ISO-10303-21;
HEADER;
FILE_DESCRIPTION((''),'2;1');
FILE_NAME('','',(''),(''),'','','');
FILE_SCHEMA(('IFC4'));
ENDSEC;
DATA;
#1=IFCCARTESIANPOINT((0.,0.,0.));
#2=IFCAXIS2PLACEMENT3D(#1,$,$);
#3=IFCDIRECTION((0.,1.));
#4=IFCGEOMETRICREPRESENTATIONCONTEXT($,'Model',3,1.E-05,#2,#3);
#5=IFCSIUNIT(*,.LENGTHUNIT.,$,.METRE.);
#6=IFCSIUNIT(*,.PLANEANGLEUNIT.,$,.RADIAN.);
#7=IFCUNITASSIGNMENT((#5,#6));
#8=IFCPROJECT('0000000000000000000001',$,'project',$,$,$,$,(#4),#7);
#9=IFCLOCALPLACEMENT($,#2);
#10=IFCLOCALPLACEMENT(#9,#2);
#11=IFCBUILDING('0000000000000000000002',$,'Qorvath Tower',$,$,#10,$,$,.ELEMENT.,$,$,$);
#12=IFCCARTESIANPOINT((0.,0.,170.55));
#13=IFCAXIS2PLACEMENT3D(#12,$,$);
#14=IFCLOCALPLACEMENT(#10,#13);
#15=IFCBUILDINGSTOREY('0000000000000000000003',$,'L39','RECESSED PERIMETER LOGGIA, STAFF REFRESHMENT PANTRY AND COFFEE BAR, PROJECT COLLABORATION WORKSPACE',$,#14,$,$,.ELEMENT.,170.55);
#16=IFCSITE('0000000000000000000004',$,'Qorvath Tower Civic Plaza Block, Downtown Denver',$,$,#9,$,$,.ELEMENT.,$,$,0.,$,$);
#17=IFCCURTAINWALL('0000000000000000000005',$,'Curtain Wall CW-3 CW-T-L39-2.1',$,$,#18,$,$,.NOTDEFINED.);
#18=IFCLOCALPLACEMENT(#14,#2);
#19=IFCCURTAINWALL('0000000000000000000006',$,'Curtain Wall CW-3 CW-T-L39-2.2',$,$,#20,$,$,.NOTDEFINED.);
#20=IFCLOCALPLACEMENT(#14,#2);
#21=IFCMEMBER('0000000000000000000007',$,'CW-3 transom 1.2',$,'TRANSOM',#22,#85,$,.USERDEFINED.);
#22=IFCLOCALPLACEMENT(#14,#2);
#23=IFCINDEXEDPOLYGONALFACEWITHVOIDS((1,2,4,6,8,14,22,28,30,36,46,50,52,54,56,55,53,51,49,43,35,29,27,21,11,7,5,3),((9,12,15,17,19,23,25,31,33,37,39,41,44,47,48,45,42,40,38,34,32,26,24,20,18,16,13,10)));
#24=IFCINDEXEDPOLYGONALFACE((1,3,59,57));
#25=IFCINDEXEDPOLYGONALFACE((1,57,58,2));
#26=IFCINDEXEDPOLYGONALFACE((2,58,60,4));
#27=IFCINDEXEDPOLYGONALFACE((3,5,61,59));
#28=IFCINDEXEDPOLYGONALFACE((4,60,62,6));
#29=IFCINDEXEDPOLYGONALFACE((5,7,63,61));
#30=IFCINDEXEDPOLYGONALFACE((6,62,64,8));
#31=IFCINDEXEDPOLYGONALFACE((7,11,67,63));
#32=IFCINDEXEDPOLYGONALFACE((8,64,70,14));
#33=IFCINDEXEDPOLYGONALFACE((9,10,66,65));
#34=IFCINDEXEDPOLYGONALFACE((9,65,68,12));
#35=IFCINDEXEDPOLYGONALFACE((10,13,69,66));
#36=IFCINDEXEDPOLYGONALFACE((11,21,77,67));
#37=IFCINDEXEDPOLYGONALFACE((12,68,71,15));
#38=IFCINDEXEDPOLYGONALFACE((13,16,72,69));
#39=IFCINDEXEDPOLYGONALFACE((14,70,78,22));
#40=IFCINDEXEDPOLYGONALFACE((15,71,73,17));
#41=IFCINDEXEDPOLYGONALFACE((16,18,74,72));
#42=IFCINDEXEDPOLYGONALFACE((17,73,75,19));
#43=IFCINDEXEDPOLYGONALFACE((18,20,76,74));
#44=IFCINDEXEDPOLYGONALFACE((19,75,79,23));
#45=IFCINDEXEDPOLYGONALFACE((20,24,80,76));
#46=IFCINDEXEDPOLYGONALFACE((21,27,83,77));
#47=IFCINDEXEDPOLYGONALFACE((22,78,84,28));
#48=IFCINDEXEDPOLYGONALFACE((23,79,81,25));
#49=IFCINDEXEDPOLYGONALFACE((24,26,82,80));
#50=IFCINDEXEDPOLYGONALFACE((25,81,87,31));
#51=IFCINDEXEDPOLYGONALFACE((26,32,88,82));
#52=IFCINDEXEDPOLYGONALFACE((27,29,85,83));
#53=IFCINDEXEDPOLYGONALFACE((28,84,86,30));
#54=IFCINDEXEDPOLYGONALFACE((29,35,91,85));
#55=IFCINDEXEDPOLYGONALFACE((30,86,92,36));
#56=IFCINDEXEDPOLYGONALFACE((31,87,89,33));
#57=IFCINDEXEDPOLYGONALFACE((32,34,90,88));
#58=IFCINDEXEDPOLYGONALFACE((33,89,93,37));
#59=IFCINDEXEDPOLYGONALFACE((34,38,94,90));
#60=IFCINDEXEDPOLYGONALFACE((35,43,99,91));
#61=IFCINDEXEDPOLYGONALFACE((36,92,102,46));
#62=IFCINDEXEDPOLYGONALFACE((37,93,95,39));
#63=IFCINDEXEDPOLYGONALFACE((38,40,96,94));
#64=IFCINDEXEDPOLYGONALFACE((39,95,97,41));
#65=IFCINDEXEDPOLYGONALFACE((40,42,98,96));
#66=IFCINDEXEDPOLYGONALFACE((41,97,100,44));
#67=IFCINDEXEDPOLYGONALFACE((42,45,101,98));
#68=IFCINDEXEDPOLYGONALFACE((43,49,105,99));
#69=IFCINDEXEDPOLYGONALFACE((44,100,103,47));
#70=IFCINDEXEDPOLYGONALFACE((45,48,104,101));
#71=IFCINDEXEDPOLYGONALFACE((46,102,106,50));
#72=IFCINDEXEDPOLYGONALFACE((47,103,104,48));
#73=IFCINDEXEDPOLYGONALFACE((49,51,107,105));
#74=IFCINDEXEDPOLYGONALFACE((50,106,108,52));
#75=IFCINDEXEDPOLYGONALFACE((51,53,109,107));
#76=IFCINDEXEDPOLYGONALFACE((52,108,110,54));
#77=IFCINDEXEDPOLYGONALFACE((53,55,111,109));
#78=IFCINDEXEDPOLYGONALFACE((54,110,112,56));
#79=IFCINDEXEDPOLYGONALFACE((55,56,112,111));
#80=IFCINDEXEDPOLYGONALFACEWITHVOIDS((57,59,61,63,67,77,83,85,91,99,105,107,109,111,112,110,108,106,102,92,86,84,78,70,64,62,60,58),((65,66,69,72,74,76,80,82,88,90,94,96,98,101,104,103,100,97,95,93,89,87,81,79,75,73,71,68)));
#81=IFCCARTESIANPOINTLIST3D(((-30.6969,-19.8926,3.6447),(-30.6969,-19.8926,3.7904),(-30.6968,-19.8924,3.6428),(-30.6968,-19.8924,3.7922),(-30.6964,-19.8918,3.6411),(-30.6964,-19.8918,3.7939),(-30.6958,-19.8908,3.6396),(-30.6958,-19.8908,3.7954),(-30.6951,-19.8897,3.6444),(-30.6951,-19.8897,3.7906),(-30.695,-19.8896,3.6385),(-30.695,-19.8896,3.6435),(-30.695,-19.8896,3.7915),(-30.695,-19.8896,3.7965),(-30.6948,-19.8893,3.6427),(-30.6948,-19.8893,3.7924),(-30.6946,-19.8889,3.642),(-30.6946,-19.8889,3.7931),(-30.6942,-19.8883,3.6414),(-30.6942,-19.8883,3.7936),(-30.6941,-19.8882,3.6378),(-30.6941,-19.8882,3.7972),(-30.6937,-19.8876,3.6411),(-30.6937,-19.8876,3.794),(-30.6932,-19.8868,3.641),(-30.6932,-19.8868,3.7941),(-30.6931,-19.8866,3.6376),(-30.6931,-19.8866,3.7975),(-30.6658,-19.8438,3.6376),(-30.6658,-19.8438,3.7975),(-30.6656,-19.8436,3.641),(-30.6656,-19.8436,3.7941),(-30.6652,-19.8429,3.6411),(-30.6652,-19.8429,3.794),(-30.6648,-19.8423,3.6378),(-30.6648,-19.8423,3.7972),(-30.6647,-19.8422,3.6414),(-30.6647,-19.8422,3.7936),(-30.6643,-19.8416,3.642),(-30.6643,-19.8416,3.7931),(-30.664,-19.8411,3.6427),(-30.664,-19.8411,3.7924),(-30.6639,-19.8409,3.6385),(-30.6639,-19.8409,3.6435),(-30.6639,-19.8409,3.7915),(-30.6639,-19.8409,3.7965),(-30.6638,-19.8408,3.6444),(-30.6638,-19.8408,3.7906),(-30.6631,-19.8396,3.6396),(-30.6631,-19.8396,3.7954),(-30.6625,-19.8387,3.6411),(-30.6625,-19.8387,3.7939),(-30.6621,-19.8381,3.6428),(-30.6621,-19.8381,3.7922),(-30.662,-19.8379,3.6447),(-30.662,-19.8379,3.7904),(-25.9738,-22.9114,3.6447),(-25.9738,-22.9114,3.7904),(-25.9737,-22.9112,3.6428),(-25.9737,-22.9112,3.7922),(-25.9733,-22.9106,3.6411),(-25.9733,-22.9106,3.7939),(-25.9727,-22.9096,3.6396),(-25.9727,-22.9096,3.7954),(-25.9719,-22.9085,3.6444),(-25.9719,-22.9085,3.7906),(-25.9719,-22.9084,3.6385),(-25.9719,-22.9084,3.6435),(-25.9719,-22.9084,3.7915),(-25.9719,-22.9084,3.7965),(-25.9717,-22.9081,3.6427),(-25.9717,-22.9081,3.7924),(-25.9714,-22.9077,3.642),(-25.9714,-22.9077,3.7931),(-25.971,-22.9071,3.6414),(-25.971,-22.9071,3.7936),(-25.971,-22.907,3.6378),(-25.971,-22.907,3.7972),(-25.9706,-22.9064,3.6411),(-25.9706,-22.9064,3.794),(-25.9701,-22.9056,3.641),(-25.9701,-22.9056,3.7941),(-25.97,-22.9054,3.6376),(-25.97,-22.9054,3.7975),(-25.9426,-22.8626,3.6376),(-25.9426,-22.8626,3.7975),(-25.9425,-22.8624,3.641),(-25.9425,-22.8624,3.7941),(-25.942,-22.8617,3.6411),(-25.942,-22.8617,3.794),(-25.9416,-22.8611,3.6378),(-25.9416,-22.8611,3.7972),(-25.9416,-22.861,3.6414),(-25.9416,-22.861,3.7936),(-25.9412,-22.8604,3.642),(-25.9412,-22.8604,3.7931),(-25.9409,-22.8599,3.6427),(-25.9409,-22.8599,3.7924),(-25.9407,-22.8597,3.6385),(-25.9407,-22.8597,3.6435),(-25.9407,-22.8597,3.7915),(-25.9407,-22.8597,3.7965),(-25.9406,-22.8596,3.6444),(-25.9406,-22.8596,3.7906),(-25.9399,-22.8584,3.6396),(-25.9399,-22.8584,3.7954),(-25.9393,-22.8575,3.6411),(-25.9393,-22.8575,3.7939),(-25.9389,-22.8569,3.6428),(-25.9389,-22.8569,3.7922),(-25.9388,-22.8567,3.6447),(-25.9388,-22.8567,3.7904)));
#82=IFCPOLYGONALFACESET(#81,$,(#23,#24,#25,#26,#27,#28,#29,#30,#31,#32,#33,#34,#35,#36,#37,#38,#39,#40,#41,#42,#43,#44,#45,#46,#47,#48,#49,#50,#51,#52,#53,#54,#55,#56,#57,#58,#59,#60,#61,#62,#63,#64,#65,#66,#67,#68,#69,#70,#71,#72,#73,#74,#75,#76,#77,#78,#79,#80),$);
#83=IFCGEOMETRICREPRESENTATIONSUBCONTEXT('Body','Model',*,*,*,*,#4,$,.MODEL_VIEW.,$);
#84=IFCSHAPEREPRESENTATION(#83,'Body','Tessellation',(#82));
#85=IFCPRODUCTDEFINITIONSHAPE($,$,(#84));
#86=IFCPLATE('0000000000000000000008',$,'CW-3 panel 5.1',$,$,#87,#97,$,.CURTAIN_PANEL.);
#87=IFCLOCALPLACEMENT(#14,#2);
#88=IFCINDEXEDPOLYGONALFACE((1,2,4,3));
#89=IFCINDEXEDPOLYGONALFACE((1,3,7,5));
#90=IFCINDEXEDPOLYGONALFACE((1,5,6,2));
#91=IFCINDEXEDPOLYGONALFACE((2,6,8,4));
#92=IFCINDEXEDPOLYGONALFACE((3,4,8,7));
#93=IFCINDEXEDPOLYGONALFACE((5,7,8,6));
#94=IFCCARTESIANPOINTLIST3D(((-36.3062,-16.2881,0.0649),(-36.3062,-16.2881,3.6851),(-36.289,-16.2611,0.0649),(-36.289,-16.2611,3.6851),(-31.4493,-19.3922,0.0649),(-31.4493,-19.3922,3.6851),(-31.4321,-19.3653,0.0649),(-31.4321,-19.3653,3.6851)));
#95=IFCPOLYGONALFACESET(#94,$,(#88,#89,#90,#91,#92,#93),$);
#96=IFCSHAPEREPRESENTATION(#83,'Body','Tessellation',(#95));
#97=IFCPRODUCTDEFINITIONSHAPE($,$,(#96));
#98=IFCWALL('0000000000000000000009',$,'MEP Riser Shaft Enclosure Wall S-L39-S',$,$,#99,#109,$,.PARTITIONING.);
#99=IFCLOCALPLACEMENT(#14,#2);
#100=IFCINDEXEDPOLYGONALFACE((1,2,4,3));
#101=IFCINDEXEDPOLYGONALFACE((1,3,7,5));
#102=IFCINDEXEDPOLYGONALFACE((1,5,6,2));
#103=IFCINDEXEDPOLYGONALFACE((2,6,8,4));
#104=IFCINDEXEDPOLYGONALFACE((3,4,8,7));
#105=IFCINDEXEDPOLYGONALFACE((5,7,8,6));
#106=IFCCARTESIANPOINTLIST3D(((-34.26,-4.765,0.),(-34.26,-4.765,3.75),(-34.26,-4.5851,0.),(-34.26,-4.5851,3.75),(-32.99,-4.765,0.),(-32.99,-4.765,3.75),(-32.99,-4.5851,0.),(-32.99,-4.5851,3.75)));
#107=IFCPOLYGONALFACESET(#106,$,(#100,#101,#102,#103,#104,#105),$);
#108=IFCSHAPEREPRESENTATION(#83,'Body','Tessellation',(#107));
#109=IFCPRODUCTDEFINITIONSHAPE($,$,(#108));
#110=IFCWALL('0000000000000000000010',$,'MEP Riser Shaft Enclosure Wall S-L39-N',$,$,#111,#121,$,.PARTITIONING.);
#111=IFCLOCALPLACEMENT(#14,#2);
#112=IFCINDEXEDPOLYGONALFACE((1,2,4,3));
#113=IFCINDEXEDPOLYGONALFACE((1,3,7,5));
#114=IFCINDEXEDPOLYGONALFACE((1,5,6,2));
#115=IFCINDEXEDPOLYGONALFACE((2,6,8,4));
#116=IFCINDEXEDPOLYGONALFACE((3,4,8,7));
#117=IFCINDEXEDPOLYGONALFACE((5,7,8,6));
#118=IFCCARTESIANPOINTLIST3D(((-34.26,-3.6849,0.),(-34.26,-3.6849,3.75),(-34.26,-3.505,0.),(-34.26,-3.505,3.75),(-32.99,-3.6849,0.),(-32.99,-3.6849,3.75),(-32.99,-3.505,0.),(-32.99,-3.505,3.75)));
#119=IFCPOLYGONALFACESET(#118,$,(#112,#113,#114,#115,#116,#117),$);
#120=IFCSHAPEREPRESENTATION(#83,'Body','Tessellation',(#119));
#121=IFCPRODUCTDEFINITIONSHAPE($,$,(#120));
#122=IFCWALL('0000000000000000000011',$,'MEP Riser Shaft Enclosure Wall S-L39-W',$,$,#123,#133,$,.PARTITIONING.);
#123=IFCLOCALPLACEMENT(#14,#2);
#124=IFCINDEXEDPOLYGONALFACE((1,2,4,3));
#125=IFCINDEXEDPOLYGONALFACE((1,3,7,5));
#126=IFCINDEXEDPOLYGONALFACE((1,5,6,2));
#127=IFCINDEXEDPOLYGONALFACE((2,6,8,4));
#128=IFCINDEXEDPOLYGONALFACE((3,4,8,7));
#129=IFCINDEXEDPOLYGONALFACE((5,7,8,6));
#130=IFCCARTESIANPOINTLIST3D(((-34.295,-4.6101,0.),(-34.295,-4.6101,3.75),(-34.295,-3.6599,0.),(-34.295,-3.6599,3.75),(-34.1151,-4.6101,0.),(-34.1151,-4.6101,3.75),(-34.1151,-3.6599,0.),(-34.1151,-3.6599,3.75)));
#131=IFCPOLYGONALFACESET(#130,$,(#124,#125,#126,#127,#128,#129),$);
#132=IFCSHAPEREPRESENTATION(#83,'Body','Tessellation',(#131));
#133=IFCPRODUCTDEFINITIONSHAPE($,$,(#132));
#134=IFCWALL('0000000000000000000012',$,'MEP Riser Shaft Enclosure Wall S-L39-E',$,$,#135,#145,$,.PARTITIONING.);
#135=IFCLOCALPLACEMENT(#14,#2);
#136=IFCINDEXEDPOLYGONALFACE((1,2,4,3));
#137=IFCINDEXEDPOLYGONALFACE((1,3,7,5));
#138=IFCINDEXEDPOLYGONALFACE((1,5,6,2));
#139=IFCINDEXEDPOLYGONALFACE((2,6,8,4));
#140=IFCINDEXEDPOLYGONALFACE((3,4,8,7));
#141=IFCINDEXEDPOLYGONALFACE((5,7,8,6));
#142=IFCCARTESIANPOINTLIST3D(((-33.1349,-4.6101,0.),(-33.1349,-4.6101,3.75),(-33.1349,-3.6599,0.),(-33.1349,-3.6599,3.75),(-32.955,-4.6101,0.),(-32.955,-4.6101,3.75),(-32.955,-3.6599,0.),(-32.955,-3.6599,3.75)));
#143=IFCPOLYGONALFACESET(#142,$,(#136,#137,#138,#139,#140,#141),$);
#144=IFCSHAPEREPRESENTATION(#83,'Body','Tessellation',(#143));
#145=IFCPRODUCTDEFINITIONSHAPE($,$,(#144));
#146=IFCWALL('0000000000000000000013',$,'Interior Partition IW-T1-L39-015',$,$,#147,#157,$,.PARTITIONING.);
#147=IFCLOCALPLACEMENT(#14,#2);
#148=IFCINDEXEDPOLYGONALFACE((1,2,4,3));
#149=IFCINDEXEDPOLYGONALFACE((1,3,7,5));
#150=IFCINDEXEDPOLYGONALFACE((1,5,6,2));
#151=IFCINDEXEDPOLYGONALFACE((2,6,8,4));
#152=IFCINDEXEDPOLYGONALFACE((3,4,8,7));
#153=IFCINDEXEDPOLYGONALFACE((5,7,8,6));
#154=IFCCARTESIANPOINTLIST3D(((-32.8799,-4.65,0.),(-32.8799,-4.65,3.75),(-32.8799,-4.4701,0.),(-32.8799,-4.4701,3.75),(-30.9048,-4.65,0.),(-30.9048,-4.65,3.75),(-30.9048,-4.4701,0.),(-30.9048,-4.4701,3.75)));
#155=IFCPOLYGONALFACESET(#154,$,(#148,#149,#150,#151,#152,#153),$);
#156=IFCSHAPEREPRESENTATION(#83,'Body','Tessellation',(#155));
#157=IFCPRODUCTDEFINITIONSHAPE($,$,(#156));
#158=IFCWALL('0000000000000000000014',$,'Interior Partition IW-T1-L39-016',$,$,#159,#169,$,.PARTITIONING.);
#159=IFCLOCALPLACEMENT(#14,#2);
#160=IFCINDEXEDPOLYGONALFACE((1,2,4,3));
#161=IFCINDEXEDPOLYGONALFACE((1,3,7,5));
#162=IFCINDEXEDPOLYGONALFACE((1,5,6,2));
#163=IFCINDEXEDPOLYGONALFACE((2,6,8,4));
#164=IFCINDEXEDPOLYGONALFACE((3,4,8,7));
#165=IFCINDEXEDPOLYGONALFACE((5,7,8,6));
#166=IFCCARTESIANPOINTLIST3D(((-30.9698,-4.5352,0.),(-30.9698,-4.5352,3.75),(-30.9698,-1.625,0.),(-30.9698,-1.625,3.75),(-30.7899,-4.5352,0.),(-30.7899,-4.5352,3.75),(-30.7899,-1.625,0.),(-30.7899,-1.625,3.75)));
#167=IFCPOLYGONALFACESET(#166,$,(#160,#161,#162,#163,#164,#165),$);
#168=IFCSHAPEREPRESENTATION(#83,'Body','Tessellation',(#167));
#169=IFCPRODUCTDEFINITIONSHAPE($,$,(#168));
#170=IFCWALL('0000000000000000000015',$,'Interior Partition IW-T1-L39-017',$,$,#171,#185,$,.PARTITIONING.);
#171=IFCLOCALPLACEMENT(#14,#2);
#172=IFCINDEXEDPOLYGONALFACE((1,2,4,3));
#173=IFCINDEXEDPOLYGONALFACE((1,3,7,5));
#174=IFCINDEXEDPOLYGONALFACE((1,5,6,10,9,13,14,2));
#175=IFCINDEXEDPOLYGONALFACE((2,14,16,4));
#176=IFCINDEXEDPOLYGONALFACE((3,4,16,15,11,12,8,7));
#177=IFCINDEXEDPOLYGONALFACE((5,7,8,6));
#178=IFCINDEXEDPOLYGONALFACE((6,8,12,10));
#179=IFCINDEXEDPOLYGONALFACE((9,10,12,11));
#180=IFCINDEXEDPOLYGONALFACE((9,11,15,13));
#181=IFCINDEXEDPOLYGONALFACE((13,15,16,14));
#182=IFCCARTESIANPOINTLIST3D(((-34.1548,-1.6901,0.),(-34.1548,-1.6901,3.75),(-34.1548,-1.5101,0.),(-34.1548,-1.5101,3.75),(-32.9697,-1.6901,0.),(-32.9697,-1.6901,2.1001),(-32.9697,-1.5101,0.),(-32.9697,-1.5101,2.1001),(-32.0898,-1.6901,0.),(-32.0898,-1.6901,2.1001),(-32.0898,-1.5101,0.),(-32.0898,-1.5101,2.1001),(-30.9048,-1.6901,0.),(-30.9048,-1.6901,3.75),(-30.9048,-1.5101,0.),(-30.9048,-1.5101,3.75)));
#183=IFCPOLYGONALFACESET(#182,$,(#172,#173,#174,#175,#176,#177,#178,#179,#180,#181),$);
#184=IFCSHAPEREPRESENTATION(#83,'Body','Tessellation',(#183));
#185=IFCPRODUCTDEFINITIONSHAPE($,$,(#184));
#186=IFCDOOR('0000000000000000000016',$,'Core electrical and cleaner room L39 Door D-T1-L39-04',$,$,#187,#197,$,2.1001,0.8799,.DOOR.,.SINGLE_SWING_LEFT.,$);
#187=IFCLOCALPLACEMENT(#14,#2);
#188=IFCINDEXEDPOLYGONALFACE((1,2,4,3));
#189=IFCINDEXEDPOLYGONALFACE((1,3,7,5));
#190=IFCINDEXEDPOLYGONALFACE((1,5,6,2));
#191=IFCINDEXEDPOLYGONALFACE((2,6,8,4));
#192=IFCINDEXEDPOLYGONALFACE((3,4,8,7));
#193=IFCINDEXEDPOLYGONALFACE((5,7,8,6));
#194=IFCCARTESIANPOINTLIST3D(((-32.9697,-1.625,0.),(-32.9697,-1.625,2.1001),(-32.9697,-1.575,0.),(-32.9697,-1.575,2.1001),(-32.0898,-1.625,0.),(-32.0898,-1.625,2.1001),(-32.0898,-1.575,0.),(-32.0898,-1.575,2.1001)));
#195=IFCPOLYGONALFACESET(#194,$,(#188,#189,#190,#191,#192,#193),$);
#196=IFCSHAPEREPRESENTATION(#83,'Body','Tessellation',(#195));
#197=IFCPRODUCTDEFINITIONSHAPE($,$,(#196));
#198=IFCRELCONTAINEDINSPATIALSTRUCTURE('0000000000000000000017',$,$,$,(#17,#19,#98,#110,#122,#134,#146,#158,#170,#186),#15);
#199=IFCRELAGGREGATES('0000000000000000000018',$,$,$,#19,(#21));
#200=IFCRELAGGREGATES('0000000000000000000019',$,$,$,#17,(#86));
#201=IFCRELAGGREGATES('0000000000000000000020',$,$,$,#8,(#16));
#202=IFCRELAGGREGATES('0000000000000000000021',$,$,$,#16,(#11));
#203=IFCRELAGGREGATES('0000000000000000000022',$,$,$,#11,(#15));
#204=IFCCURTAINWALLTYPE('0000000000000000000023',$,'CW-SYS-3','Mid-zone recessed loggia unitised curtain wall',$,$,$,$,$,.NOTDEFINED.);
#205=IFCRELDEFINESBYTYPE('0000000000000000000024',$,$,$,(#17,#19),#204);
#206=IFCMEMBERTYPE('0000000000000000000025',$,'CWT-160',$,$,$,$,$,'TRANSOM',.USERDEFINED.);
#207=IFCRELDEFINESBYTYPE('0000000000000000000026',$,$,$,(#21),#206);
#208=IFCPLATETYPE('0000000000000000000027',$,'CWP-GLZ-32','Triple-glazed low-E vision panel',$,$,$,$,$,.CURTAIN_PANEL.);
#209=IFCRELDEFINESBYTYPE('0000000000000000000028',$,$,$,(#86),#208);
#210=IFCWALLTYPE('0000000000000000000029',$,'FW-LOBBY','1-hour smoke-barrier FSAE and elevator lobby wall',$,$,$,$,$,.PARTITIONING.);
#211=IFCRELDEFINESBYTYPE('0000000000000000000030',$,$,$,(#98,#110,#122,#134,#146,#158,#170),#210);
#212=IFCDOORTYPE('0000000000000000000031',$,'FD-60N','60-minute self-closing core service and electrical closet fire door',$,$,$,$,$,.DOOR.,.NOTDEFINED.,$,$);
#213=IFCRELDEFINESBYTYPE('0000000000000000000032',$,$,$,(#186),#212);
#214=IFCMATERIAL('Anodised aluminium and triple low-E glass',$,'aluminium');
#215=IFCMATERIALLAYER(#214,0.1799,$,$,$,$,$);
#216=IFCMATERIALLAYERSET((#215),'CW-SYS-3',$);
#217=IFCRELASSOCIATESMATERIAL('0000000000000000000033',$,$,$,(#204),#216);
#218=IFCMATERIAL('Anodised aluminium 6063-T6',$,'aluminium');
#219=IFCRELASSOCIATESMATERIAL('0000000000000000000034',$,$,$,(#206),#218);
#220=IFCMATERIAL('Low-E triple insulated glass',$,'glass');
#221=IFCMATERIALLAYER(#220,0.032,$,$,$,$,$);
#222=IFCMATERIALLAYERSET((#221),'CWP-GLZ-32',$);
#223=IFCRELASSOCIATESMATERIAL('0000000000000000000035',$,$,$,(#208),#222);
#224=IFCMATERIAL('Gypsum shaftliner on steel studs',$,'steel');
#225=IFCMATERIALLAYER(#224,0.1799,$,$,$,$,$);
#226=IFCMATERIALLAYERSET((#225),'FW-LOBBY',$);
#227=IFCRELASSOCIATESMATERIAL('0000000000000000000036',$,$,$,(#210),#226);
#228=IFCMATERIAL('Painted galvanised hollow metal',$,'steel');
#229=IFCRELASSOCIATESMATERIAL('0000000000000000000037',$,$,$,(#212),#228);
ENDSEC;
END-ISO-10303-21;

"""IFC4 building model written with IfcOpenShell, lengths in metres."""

from ifc_helpers import new_model, si_unit, direction, frame, frame_2d, origin, origin_2d, place, context, subcontext, project, spatial, rectangle, hollow_rectangle, extrude, material, layer, layer_set, material_profile, profile_set, type_object, element, fill, aggregate, save


model = new_model("IFC4")

# Units and contexts
model_context = context("Model", 3, precision=1e-05, world=origin(), true_north=direction((0.0, 1.0)))
body_context = subcontext(model_context, "Body", "Model", "MODEL_VIEW")
ifc_project = project(units=[si_unit("LENGTHUNIT", "METRE"), si_unit("PLANEANGLEUNIT", "RADIAN")], contexts=[model_context])

# Site, building, storey
site_placement = place(None, origin())
site = spatial("IfcSite", under=ifc_project, at=site_placement, Name="Qorvath Tower Civic Plaza Block, Downtown Denver", CompositionType="ELEMENT", RefElevation=0.0)
building_placement = place(site_placement, origin())
building = spatial("IfcBuilding", under=site, at=building_placement, Name="Qorvath Tower", CompositionType="ELEMENT")
storey_placement = place(building_placement, frame((0.0, 0.0, 170.55)))
storey = spatial("IfcBuildingStorey", under=building, at=storey_placement, Name="L39", Description="RECESSED PERIMETER LOGGIA, STAFF REFRESHMENT PANTRY AND COFFEE BAR, PROJECT COLLABORATION WORKSPACE", CompositionType="ELEMENT", Elevation=170.55)

# Curtain walls
ifc_material_1 = material(Name="Anodised aluminium and triple low-E glass", Category="aluminium")
ifc_layer_1 = layer(ifc_material_1, 0.1799)
ifc_layer_set_1 = layer_set([ifc_layer_1], Name="CW-SYS-3")
curtain_wall_type = type_object("IfcCurtainWallType", Name="CW-SYS-3", Description="Mid-zone recessed loggia unitised curtain wall", PredefinedType="NOTDEFINED", material=ifc_layer_set_1)
curtain_wall_1_placement = place(storey_placement, origin())
curtain_wall_1 = element("IfcCurtainWall", 1, at=curtain_wall_1_placement, inside=storey, type_object=curtain_wall_type, Name="Curtain Wall CW-3 CW-T-L39-2.1", PredefinedType="NOTDEFINED")
curtain_wall_2_placement = place(storey_placement, origin())
curtain_wall_2 = element("IfcCurtainWall", 2, at=curtain_wall_2_placement, inside=storey, type_object=curtain_wall_type, Name="Curtain Wall CW-3 CW-T-L39-2.2", PredefinedType="NOTDEFINED")

# Member
ifc_material_2 = material(Name="Anodised aluminium 6063-T6", Category="aluminium")
ifc_material_profile_1 = material_profile(ifc_material_2, hollow_rectangle(XDim=0.0649, YDim=0.1599, WallThickness=0.0034, InnerFilletRadius=0.0034, OuterFilletRadius=0.0071, at=origin_2d()), Name="CWT 160x65")
ifc_profile_set_1 = profile_set([ifc_material_profile_1], Name="Anodised aluminium 6063-T6")
member_type_1 = type_object("IfcMemberType", Name="CWT-160", ElementType="TRANSOM", PredefinedType="USERDEFINED", material=ifc_profile_set_1)
member_1_placement = place(storey_placement, frame((-30.6794, -19.8652, 3.7175), z_axis=(0.842596, -0.538546, 0.0), x_axis=(0.538546, 0.842596, 0.0)))
member_1 = element("IfcMember", 3, at=member_1_placement, type_object=member_type_1, Name="CW-3 transom 1.2", ObjectType="TRANSOM", PredefinedType="USERDEFINED", context=body_context, shape_type="SweptSolid", body=[
    extrude(hollow_rectangle(XDim=0.0649, YDim=0.1599, WallThickness=0.0034, InnerFilletRadius=0.0034, OuterFilletRadius=0.0071, at=origin_2d()), origin(), (0.0, 0.0, 1.0), 5.6055),
])
aggregate(curtain_wall_2, [member_1])

# Plate
ifc_material_3 = material(Name="Low-E triple insulated glass", Category="glass")
ifc_layer_2 = layer(ifc_material_3, 0.032)
ifc_layer_set_2 = layer_set([ifc_layer_2], Name="CWP-GLZ-32")
plate_type = type_object("IfcPlateType", Name="CWP-GLZ-32", Description="Triple-glazed low-E vision panel", PredefinedType="CURTAIN_PANEL", material=ifc_layer_set_2)
plate_placement = place(storey_placement, frame((-33.8691, -17.8267, 0.0649), z_axis=(0.0, 0.0, 1.0), x_axis=(0.842607, -0.538529, 0.0)))
plate = element("IfcPlate", 4, at=plate_placement, type_object=plate_type, Name="CW-3 panel 5.1", PredefinedType="CURTAIN_PANEL", context=body_context, shape_type="SweptSolid", body=[
    extrude(rectangle(XDim=5.7642, YDim=0.032, at=origin_2d()), origin(), (0.0, 0.0, 1.0), 3.6201),
])
aggregate(curtain_wall_1, [plate])

# Walls
ifc_material_4 = material(Name="Gypsum shaftliner on steel studs", Category="steel")
ifc_layer_3 = layer(ifc_material_4, 0.1799)
ifc_layer_set_3 = layer_set([ifc_layer_3], Name="FW-LOBBY")
wall_type_1 = type_object("IfcWallType", Name="FW-LOBBY", Description="1-hour smoke-barrier FSAE and elevator lobby wall", PredefinedType="PARTITIONING", material=ifc_layer_set_3)
for number, where, z_axis, x_axis, name in (
    (5, (-32.99, -4.675, 0.0), (0.0, 0.0, 1.0), (-1.0, 0.0, 0.0), "MEP Riser Shaft Enclosure Wall S-L39-S"),
    (6, (-34.26, -3.595, 0.0), (0.0, 0.0, 1.0), (1.0, 0.0, 0.0), "MEP Riser Shaft Enclosure Wall S-L39-N"),
):
    element("IfcWall", number, at=place(storey_placement, frame(where, z_axis=z_axis, x_axis=x_axis)), inside=storey, type_object=wall_type_1, Name=name, PredefinedType="PARTITIONING", context=body_context, shape_type="SweptSolid", body=[
        extrude(rectangle(XDim=1.27, YDim=0.1799, at=frame_2d((0.635, 0.0))), origin(), (0.0, 0.0, 1.0), 3.75),
    ])
for number, where, z_axis, x_axis, name in (
    (7, (-34.2051, -4.6101, 0.0), (0.0, 0.0, 1.0), (0.0, 1.0, 0.0), "MEP Riser Shaft Enclosure Wall S-L39-W"),
    (8, (-33.0449, -3.6599, 0.0), (0.0, 0.0, 1.0), (0.0, -1.0, 0.0), "MEP Riser Shaft Enclosure Wall S-L39-E"),
):
    element("IfcWall", number, at=place(storey_placement, frame(where, z_axis=z_axis, x_axis=x_axis)), inside=storey, type_object=wall_type_1, Name=name, PredefinedType="PARTITIONING", context=body_context, shape_type="SweptSolid", body=[
        extrude(rectangle(XDim=0.9502, YDim=0.1799, at=frame_2d((0.4751, 0.0))), origin(), (0.0, 0.0, 1.0), 3.75),
    ])
wall_1_placement = place(storey_placement, frame((-32.8799, -4.5601, 0.0), z_axis=(0.0, 0.0, 1.0), x_axis=(1.0, 0.0, 0.0)))
element("IfcWall", 9, at=wall_1_placement, inside=storey, type_object=wall_type_1, Name="Interior Partition IW-T1-L39-015", PredefinedType="PARTITIONING", context=body_context, shape_type="SweptSolid", body=[
    extrude(rectangle(XDim=1.9751, YDim=0.1799, at=frame_2d((0.9875, 0.0))), origin(), (0.0, 0.0, 1.0), 3.75),
])
wall_2_placement = place(storey_placement, frame((-30.8799, -4.5352, 0.0), z_axis=(0.0, 0.0, 1.0), x_axis=(0.0, 1.0, 0.0)))
element("IfcWall", 10, at=wall_2_placement, inside=storey, type_object=wall_type_1, Name="Interior Partition IW-T1-L39-016", PredefinedType="PARTITIONING", context=body_context, shape_type="SweptSolid", body=[
    extrude(rectangle(XDim=2.9102, YDim=0.1799, at=frame_2d((1.4551, 0.0))), origin(), (0.0, 0.0, 1.0), 3.75),
])

# Wall, opening, door
wall_3_placement = place(storey_placement, frame((-30.9048, -1.6001, 0.0), z_axis=(0.0, 0.0, 1.0), x_axis=(-1.0, 0.0, 0.0)))
wall_3 = element("IfcWall", 11, at=wall_3_placement, inside=storey, type_object=wall_type_1, Name="Interior Partition IW-T1-L39-017", PredefinedType="PARTITIONING", context=body_context, shape_type="SweptSolid", body=[
    extrude(rectangle(XDim=3.25, YDim=0.1799, at=frame_2d((1.625, 0.0))), origin(), (0.0, 0.0, 1.0), 3.75),
])
opening_1_placement = place(wall_3_placement, frame((1.1851, 0.0, 0.0)))
opening_1 = element("IfcOpeningElement", 12, at=opening_1_placement, cuts=wall_3, PredefinedType="OPENING", context=body_context, shape_type="SweptSolid", body=[
    extrude(rectangle(XDim=0.8799, YDim=2.1001, at=frame_2d((0.4399, 1.05))), frame((0.0, 0.1001, 0.0), z_axis=(0.0, -1.0, 0.0), x_axis=(1.0, 0.0, 0.0)), (0.0, 0.0, 1.0), 0.2),
])
ifc_material_5 = material(Name="Painted galvanised hollow metal", Category="steel")
door_type_1 = type_object("IfcDoorType", Name="FD-60N", Description="60-minute self-closing core service and electrical closet fire door", OperationType="NOTDEFINED", PredefinedType="DOOR", material=ifc_material_5)
door_1_placement = place(opening_1_placement, origin())
door_1 = element("IfcDoor", 13, at=door_1_placement, inside=storey, type_object=door_type_1, Name="Core electrical and cleaner room L39 Door D-T1-L39-04", OperationType="SINGLE_SWING_LEFT", OverallHeight=2.1001, OverallWidth=0.8799, PredefinedType="DOOR", context=body_context, shape_type="SweptSolid", body=[
    extrude(rectangle(XDim=0.8799, YDim=2.1001, at=frame_2d((0.4399, 1.05))), frame((0.0, 0.0249, 0.0), z_axis=(0.0, -1.0, 0.0), x_axis=(1.0, 0.0, 0.0)), (0.0, 0.0, 1.0), 0.05),
])
fill(opening_1, door_1)

save(model, "model.ifc")
